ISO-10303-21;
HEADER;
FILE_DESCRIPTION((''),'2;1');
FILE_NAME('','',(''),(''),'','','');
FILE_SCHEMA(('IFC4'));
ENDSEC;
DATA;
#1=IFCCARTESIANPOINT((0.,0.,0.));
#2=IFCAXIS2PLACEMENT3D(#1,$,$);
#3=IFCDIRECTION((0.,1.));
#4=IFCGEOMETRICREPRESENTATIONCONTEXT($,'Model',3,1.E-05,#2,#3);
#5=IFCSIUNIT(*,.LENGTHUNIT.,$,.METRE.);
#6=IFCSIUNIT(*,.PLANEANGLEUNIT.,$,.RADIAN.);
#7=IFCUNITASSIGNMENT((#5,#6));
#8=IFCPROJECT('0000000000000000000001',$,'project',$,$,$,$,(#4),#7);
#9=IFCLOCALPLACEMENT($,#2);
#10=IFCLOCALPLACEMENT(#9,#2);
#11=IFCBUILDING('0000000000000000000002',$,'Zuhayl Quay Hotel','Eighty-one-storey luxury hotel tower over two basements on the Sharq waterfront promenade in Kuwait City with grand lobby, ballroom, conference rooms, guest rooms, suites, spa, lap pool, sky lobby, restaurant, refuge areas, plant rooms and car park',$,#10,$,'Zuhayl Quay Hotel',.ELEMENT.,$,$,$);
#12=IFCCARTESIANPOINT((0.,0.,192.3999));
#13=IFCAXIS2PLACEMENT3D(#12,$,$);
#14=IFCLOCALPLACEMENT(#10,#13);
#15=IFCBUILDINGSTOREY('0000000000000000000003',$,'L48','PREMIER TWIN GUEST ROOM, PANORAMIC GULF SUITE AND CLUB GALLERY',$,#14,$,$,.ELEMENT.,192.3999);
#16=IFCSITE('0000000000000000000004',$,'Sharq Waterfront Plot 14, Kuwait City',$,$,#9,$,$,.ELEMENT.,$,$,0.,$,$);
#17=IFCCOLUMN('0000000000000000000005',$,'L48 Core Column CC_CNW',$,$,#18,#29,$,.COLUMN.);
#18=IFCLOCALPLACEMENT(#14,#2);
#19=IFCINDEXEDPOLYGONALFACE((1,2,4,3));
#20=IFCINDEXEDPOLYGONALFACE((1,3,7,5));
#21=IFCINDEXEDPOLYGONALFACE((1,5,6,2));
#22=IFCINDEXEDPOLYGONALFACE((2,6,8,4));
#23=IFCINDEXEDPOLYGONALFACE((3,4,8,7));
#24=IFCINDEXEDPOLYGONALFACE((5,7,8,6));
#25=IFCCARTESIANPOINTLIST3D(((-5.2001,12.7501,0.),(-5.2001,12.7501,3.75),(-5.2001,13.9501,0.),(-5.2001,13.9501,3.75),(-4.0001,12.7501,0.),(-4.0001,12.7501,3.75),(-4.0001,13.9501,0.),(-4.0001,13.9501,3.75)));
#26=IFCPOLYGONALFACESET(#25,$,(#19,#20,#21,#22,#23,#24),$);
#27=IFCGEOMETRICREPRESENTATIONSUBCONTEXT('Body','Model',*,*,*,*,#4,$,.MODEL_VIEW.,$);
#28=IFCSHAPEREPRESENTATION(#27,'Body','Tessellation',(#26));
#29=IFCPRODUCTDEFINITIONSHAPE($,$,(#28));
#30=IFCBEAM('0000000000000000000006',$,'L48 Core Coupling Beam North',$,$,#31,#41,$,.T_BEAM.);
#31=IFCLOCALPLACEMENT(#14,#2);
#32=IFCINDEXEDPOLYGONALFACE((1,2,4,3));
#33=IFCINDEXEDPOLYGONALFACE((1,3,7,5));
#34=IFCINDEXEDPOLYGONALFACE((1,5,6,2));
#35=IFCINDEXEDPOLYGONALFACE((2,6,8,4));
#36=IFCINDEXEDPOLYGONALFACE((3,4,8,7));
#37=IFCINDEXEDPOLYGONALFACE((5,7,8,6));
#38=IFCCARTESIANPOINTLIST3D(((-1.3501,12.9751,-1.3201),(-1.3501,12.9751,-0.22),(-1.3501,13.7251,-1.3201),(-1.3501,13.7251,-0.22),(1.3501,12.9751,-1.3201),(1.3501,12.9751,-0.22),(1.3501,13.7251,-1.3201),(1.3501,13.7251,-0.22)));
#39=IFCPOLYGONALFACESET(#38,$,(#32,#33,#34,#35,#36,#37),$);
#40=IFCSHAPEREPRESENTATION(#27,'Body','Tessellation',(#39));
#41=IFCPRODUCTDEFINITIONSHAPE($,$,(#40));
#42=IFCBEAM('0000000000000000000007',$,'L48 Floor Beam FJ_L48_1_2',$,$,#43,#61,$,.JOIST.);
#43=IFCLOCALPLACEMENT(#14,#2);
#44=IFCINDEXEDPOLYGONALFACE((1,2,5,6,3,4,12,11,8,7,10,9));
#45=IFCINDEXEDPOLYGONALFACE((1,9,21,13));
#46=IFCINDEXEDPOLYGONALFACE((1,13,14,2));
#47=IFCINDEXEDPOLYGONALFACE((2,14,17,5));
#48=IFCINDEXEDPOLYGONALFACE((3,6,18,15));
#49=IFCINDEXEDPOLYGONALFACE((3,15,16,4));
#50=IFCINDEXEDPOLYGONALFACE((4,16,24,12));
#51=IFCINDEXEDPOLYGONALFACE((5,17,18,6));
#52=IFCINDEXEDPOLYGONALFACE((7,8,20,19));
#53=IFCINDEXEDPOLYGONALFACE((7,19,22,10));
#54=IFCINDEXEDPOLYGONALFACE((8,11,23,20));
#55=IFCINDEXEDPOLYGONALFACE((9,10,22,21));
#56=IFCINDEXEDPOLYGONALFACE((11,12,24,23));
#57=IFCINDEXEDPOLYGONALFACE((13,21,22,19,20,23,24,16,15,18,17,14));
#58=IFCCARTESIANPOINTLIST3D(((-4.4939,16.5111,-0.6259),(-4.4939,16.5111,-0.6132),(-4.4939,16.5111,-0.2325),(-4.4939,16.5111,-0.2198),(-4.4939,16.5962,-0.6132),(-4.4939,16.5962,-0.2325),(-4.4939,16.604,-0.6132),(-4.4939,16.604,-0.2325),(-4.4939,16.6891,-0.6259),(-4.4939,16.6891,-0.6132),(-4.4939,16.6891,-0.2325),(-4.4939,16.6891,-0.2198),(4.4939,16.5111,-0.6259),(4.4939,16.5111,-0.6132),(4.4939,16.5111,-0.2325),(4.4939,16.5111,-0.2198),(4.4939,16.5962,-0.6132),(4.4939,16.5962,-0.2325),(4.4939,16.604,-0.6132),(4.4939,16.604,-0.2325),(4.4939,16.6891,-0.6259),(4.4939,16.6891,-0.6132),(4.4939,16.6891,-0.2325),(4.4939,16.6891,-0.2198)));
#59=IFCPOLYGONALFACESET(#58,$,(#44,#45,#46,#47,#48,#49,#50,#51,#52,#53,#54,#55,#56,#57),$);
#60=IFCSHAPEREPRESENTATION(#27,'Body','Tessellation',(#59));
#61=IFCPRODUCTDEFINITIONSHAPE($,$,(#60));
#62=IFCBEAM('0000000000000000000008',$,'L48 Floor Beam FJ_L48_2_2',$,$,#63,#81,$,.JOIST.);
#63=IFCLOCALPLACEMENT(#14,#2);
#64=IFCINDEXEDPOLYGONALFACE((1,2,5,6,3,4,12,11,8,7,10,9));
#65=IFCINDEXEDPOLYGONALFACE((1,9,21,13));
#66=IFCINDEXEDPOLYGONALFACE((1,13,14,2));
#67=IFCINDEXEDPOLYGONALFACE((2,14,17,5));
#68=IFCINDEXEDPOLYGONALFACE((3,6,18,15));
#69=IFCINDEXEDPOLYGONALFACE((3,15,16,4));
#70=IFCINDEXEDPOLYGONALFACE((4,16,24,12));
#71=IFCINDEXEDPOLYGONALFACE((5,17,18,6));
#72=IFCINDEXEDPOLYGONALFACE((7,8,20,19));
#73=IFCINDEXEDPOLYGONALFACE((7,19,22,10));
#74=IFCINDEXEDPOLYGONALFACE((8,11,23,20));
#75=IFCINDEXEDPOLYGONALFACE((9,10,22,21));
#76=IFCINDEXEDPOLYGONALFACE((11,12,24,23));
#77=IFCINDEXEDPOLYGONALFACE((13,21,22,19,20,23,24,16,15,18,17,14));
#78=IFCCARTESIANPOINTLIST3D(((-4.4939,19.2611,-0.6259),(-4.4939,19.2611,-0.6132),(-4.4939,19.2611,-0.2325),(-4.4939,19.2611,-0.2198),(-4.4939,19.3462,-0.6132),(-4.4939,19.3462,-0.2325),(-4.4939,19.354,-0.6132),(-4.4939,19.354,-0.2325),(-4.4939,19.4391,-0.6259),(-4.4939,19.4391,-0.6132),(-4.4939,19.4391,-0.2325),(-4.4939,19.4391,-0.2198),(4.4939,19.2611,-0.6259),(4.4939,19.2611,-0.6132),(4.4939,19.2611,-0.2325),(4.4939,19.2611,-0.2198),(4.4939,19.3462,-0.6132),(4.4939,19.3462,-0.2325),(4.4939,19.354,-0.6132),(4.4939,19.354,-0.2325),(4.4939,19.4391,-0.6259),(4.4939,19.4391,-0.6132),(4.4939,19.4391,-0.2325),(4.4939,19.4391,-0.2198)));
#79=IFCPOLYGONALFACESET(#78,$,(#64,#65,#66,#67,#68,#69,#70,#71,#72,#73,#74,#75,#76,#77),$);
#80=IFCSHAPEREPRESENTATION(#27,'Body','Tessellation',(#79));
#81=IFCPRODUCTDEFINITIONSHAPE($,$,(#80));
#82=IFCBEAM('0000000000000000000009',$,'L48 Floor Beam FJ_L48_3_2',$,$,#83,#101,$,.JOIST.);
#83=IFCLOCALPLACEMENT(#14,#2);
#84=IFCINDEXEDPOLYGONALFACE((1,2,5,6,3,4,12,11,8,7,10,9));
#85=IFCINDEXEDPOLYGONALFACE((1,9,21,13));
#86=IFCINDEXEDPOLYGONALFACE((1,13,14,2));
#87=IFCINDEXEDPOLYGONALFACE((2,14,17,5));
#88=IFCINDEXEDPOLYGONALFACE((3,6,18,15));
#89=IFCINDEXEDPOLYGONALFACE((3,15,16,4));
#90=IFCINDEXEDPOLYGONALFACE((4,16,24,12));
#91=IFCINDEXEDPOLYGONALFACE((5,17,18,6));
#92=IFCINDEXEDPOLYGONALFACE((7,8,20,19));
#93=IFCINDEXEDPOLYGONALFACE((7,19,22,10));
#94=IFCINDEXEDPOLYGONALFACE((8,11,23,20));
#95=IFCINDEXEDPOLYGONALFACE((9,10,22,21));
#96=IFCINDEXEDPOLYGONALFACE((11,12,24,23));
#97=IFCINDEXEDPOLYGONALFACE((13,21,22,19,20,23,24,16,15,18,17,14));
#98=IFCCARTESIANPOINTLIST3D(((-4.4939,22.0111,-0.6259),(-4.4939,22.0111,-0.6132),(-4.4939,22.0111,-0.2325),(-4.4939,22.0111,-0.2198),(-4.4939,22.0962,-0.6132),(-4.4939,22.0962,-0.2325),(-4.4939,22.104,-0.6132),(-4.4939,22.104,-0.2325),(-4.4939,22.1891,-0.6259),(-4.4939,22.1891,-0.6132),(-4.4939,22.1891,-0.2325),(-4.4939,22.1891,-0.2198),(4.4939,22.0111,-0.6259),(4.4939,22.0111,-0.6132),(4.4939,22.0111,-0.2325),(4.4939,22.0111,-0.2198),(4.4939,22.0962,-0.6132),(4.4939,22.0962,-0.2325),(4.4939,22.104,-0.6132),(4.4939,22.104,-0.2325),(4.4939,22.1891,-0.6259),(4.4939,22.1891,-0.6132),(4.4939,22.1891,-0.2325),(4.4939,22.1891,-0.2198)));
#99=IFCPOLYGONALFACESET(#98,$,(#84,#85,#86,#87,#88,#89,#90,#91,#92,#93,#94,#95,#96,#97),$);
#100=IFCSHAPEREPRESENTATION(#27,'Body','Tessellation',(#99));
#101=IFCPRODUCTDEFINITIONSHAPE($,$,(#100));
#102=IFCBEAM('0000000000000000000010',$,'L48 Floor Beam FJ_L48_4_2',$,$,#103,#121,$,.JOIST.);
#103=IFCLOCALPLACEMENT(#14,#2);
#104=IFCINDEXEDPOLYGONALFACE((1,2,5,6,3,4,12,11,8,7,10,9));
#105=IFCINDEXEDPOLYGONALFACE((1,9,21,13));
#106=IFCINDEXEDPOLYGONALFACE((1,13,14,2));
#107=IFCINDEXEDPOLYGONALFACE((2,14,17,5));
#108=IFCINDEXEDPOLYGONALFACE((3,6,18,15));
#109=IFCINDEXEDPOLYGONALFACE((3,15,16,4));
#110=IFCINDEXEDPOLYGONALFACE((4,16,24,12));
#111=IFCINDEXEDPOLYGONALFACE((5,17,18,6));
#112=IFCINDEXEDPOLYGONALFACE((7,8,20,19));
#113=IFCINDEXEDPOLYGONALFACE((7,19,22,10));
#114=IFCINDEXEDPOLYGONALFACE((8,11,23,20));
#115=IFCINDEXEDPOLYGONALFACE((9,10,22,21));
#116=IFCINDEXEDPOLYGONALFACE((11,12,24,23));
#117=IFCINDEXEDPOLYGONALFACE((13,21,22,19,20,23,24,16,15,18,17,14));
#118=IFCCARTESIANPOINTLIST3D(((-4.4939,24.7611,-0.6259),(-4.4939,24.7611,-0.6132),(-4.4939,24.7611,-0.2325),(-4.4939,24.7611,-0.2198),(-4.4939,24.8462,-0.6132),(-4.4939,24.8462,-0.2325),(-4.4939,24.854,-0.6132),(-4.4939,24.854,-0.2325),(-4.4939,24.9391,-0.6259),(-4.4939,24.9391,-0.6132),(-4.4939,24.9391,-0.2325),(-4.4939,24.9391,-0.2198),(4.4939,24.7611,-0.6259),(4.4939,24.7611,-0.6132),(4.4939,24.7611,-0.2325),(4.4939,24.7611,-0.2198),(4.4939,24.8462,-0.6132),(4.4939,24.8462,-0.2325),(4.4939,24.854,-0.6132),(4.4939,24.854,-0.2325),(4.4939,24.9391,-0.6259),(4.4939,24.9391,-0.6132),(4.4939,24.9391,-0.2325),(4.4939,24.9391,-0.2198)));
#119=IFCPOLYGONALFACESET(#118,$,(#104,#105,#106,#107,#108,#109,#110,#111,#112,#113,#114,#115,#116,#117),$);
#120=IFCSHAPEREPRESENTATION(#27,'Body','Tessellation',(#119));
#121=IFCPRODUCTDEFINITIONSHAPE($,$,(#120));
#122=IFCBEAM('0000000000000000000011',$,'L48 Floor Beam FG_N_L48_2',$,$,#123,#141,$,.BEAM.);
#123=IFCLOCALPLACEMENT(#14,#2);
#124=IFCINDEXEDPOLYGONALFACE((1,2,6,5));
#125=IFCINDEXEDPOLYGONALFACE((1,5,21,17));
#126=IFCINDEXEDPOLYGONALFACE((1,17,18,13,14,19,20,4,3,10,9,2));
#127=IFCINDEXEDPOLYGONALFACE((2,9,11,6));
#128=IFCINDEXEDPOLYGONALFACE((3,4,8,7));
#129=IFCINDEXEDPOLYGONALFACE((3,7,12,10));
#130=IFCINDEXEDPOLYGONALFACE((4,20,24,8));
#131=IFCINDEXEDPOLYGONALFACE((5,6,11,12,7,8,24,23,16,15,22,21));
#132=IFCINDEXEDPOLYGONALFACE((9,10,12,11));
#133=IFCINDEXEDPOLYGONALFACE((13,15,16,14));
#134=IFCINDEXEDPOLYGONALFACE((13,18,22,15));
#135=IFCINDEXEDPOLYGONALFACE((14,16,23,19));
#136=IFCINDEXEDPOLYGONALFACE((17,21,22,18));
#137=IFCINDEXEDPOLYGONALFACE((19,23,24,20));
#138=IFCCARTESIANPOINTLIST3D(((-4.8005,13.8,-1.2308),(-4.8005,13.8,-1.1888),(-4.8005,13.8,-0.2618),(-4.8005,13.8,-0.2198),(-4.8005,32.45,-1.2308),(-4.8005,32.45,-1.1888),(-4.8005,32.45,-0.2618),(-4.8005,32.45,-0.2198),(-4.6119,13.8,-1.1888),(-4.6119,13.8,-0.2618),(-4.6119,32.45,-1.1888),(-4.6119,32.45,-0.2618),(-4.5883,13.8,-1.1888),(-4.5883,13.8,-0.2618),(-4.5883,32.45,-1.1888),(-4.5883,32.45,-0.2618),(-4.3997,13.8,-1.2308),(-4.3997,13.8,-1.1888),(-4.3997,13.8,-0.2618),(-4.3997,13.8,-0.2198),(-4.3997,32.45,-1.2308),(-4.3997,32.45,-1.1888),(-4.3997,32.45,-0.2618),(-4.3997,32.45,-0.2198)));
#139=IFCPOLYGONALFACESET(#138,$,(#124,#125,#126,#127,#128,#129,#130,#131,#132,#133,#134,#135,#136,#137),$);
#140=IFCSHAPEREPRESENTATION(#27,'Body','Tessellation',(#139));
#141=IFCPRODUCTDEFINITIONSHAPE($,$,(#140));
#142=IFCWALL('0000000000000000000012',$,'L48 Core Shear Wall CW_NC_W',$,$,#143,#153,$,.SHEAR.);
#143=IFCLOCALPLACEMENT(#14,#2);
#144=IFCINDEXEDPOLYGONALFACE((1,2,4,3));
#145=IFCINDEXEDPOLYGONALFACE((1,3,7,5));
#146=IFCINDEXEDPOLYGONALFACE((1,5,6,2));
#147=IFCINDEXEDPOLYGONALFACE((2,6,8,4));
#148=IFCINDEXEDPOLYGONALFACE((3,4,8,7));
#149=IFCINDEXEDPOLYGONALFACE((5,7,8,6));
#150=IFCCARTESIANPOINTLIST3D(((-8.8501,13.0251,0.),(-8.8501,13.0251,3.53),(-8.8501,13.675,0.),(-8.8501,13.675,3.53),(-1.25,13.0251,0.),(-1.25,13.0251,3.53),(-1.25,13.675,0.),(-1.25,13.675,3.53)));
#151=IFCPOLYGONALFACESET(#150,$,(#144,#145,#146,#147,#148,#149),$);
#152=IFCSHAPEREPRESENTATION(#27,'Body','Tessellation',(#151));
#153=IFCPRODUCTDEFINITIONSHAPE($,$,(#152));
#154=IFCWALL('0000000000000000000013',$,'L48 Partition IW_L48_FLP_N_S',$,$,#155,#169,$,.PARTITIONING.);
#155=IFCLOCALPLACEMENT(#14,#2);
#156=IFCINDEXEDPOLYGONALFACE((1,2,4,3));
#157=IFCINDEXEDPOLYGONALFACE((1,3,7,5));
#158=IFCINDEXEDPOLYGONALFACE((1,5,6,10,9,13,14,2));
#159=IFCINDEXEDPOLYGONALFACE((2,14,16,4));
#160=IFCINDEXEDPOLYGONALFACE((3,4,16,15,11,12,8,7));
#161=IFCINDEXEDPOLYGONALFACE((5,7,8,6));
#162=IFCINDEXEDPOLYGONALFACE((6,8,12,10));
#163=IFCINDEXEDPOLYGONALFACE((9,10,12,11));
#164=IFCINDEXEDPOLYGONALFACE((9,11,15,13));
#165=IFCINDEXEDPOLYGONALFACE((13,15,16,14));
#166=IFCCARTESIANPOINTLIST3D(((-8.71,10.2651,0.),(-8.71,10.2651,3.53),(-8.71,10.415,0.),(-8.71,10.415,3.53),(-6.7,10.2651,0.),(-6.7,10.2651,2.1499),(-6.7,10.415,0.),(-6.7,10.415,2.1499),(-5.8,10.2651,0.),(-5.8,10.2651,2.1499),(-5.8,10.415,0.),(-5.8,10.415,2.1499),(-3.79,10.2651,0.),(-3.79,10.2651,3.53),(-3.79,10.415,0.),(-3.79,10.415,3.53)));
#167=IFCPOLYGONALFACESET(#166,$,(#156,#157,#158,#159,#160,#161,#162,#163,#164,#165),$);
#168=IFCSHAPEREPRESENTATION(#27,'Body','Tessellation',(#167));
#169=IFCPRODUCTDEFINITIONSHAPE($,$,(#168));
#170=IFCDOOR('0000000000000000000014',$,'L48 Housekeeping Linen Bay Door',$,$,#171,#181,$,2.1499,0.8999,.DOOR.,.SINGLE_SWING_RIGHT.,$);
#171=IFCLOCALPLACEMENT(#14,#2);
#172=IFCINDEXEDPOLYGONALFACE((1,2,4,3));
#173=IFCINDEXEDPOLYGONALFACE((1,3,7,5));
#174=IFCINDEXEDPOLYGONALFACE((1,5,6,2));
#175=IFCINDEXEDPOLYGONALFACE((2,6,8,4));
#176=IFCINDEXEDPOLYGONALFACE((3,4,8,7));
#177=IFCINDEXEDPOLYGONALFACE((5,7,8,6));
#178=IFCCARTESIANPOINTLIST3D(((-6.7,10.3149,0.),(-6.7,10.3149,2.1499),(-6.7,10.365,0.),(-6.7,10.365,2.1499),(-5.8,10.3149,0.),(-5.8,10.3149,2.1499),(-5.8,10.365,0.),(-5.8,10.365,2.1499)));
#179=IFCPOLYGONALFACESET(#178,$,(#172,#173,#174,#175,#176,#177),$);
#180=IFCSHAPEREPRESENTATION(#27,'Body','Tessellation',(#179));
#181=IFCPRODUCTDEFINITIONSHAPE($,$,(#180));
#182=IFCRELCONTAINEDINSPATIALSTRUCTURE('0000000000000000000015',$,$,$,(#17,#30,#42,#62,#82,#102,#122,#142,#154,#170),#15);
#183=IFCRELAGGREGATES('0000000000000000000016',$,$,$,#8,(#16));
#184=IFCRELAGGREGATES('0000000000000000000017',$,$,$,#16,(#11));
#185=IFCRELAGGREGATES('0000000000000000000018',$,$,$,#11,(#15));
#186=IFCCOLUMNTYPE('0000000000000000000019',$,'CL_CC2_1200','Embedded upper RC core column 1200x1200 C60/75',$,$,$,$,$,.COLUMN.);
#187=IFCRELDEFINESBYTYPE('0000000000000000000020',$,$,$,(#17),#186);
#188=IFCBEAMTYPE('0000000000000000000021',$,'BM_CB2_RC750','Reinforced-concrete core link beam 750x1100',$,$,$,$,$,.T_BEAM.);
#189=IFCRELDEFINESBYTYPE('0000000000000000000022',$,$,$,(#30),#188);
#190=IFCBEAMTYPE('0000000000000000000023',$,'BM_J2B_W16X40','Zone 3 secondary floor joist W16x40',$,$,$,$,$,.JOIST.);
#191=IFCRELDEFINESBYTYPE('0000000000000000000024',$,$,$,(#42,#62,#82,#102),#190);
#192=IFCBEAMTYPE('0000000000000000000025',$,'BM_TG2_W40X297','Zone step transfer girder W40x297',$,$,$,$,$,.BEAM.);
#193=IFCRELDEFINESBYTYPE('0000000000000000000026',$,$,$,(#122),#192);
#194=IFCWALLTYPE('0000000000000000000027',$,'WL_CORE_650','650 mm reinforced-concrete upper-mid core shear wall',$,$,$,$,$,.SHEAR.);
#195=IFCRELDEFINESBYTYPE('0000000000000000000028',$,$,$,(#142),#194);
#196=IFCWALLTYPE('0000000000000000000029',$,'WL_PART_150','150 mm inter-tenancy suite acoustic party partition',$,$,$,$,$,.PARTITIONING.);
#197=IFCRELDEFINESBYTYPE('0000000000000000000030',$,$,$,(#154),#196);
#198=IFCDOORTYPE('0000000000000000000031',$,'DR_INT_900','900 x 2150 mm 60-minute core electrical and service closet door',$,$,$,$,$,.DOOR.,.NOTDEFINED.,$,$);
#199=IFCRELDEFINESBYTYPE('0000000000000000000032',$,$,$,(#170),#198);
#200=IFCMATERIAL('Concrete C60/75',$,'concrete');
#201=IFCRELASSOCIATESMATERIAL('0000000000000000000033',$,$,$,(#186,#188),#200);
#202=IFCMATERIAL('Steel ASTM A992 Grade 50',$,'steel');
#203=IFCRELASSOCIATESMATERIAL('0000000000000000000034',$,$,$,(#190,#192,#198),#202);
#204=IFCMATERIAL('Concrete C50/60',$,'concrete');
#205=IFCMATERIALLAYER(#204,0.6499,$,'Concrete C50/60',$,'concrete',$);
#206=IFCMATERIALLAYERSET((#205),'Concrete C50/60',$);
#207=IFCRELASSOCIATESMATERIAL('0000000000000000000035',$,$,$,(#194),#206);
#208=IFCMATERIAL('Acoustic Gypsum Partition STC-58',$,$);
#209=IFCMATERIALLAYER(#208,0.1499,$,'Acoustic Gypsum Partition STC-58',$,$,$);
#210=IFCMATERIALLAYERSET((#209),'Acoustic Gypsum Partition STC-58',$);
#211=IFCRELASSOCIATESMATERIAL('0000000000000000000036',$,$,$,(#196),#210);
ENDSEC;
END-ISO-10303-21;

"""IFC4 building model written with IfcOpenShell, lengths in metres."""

from ifc_helpers import new_model, si_unit, direction, frame, frame_2d, origin, origin_2d, place, context, subcontext, project, spatial, rectangle, i_section, extrude, material, layer, layer_set, material_profile, profile_set, type_object, element, fill, save


model = new_model("IFC4")

# Units and contexts
model_context = context("Model", 3, precision=1e-05, world=origin(), true_north=direction((0.0, 1.0)))
body_context = subcontext(model_context, "Body", "Model", "MODEL_VIEW")
ifc_project = project(units=[si_unit("LENGTHUNIT", "METRE"), si_unit("PLANEANGLEUNIT", "RADIAN")], contexts=[model_context])

# Site, building, storey
site_placement = place(None, origin())
site = spatial("IfcSite", under=ifc_project, at=site_placement, Name="Sharq Waterfront Plot 14, Kuwait City", CompositionType="ELEMENT", RefElevation=0.0)
building_placement = place(site_placement, origin())
building = spatial("IfcBuilding", under=site, at=building_placement, Name="Zuhayl Quay Hotel", Description="Eighty-one-storey luxury hotel tower over two basements on the Sharq waterfront promenade in Kuwait City with grand lobby, ballroom, conference rooms, guest rooms, suites, spa, lap pool, sky lobby, restaurant, refuge areas, plant rooms and car park", LongName="Zuhayl Quay Hotel", CompositionType="ELEMENT")
storey_placement = place(building_placement, frame((0.0, 0.0, 192.3999)))
storey = spatial("IfcBuildingStorey", under=building, at=storey_placement, Name="L48", Description="PREMIER TWIN GUEST ROOM, PANORAMIC GULF SUITE AND CLUB GALLERY", CompositionType="ELEMENT", Elevation=192.3999)

# Column
ifc_material_1 = material(Name="Concrete C60/75", Category="concrete")
ifc_material_profile_1 = material_profile(ifc_material_1, rectangle(XDim=1.2, YDim=1.2, at=origin_2d()), Name="RC1200X1200")
ifc_profile_set_1 = profile_set([ifc_material_profile_1], Name="Concrete C60/75")
column_type = type_object("IfcColumnType", Name="CL_CC2_1200", Description="Embedded upper RC core column 1200x1200 C60/75", PredefinedType="COLUMN", material=ifc_profile_set_1)
column_placement = place(storey_placement, frame((-4.6001, 13.3501, 0.0), z_axis=(0.0, 0.0, 1.0), x_axis=(1.0, 0.0, 0.0)))
element("IfcColumn", 1, at=column_placement, inside=storey, type_object=column_type, Name="L48 Core Column CC_CNW", PredefinedType="COLUMN", context=body_context, shape_type="SweptSolid", body=[
    extrude(rectangle(XDim=1.2, YDim=1.2, at=origin_2d()), origin(), (0.0, 0.0, 1.0), 3.75),
])

# Beams
ifc_material_profile_2 = material_profile(ifc_material_1, rectangle(XDim=0.75, YDim=1.1001, at=origin_2d()), Name="RC750X1100")
ifc_profile_set_2 = profile_set([ifc_material_profile_2], Name="Concrete C60/75")
beam_type_1 = type_object("IfcBeamType", Name="BM_CB2_RC750", Description="Reinforced-concrete core link beam 750x1100", PredefinedType="T_BEAM", material=ifc_profile_set_2)
beam_1_placement = place(storey_placement, frame((-1.3501, 13.3501, -0.77), z_axis=(1.0, 0.0, 0.0), x_axis=(0.0, 1.0, 0.0)))
element("IfcBeam", 2, at=beam_1_placement, inside=storey, type_object=beam_type_1, Name="L48 Core Coupling Beam North", PredefinedType="T_BEAM", context=body_context, shape_type="SweptSolid", body=[
    extrude(rectangle(XDim=0.75, YDim=1.1001, at=origin_2d()), origin(), (0.0, 0.0, 1.0), 2.7002),
])
ifc_material_2 = material(Name="Steel ASTM A992 Grade 50", Category="steel")
ifc_material_profile_3 = material_profile(ifc_material_2, i_section(OverallWidth=0.178, OverallDepth=0.406, WebThickness=0.0078, FlangeThickness=0.0127, at=origin_2d()), Name="W16X40")
ifc_profile_set_3 = profile_set([ifc_material_profile_3], Name="Steel ASTM A992 Grade 50")
beam_type_2 = type_object("IfcBeamType", Name="BM_J2B_W16X40", Description="Zone 3 secondary floor joist W16x40", PredefinedType="JOIST", material=ifc_profile_set_3)
for number, where, z_axis, x_axis, name in (
    (3, (-4.4939, 16.6001, -0.4229), (1.0, 0.0, 0.0), (0.0, 1.0, 0.0), "L48 Floor Beam FJ_L48_1_2"),
    (4, (-4.4939, 19.3501, -0.4229), (1.0, 0.0, 0.0), (0.0, 1.0, 0.0), "L48 Floor Beam FJ_L48_2_2"),
    (5, (-4.4939, 22.1001, -0.4229), (1.0, 0.0, 0.0), (0.0, 1.0, 0.0), "L48 Floor Beam FJ_L48_3_2"),
    (6, (-4.4939, 24.8501, -0.4229), (1.0, 0.0, 0.0), (0.0, 1.0, 0.0), "L48 Floor Beam FJ_L48_4_2"),
):
    element("IfcBeam", number, at=place(storey_placement, frame(where, z_axis=z_axis, x_axis=x_axis)), inside=storey, type_object=beam_type_2, Name=name, PredefinedType="JOIST", context=body_context, shape_type="SweptSolid", body=[
        extrude(i_section(OverallWidth=0.178, OverallDepth=0.406, WebThickness=0.0078, FlangeThickness=0.0127, at=origin_2d()), origin(), (0.0, 0.0, 1.0), 8.9878),
    ])
ifc_material_profile_4 = material_profile(ifc_material_2, i_section(OverallWidth=0.4009, OverallDepth=1.011, WebThickness=0.0237, FlangeThickness=0.042, at=origin_2d()), Name="W40X297")
ifc_profile_set_4 = profile_set([ifc_material_profile_4], Name="Steel ASTM A992 Grade 50")
beam_type_3 = type_object("IfcBeamType", Name="BM_TG2_W40X297", Description="Zone step transfer girder W40x297", PredefinedType="BEAM", material=ifc_profile_set_4)
beam_2_placement = place(storey_placement, frame((-4.6001, 13.8, -0.7253), z_axis=(0.0, 1.0, 0.0), x_axis=(-1.0, 0.0, 0.0)))
element("IfcBeam", 7, at=beam_2_placement, inside=storey, type_object=beam_type_3, Name="L48 Floor Beam FG_N_L48_2", PredefinedType="BEAM", context=body_context, shape_type="SweptSolid", body=[
    extrude(i_section(OverallWidth=0.4009, OverallDepth=1.011, WebThickness=0.0237, FlangeThickness=0.042, at=origin_2d()), origin(), (0.0, 0.0, 1.0), 18.6499),
])

# Wall
ifc_material_3 = material(Name="Concrete C50/60", Category="concrete")
ifc_layer_1 = layer(ifc_material_3, 0.6499, Name="Concrete C50/60", Category="concrete")
ifc_layer_set_1 = layer_set([ifc_layer_1], Name="Concrete C50/60")
wall_type_1 = type_object("IfcWallType", Name="WL_CORE_650", Description="650 mm reinforced-concrete upper-mid core shear wall", PredefinedType="SHEAR", material=ifc_layer_set_1)
wall_1_placement = place(storey_placement, frame((-8.8501, 13.3501, 0.0), z_axis=(0.0, 0.0, 1.0), x_axis=(1.0, 0.0, 0.0)))
element("IfcWall", 8, at=wall_1_placement, inside=storey, type_object=wall_type_1, Name="L48 Core Shear Wall CW_NC_W", PredefinedType="SHEAR", context=body_context, shape_type="SweptSolid", body=[
    extrude(rectangle(XDim=7.6001, YDim=0.6499, at=frame_2d((3.8, 0.0))), origin(), (0.0, 0.0, 1.0), 3.53),
])

# Wall, opening, door
ifc_material_4 = material(Name="Acoustic Gypsum Partition STC-58")
ifc_layer_2 = layer(ifc_material_4, 0.1499, Name="Acoustic Gypsum Partition STC-58")
ifc_layer_set_2 = layer_set([ifc_layer_2], Name="Acoustic Gypsum Partition STC-58")
wall_type_2 = type_object("IfcWallType", Name="WL_PART_150", Description="150 mm inter-tenancy suite acoustic party partition", PredefinedType="PARTITIONING", material=ifc_layer_set_2)
wall_2_placement = place(storey_placement, frame((-8.71, 10.3401, 0.0), z_axis=(0.0, 0.0, 1.0), x_axis=(1.0, 0.0, 0.0)))
wall_2 = element("IfcWall", 9, at=wall_2_placement, inside=storey, type_object=wall_type_2, Name="L48 Partition IW_L48_FLP_N_S", PredefinedType="PARTITIONING", context=body_context, shape_type="SweptSolid", body=[
    extrude(rectangle(XDim=4.9199, YDim=0.1499, at=frame_2d((2.46, 0.0))), origin(), (0.0, 0.0, 1.0), 3.53),
])
opening_1_placement = place(wall_2_placement, frame((2.01, 0.0, 0.0)))
opening_1 = element("IfcOpeningElement", 10, at=opening_1_placement, cuts=wall_2, PredefinedType="OPENING", context=body_context, shape_type="SweptSolid", body=[
    extrude(rectangle(XDim=0.8999, YDim=2.1499, at=frame_2d((0.45, 1.075))), frame((0.0, 0.085, 0.0), z_axis=(0.0, -1.0, 0.0), x_axis=(1.0, 0.0, 0.0)), (0.0, 0.0, 1.0), 0.1699),
])
door_type_1 = type_object("IfcDoorType", Name="DR_INT_900", Description="900 x 2150 mm 60-minute core electrical and service closet door", OperationType="NOTDEFINED", PredefinedType="DOOR", material=ifc_material_2)
door_1_placement = place(opening_1_placement, origin())
door_1 = element("IfcDoor", 11, at=door_1_placement, inside=storey, type_object=door_type_1, Name="L48 Housekeeping Linen Bay Door", OperationType="SINGLE_SWING_RIGHT", OverallHeight=2.1499, OverallWidth=0.8999, PredefinedType="DOOR", context=body_context, shape_type="SweptSolid", body=[
    extrude(rectangle(XDim=0.8999, YDim=2.1499, at=frame_2d((0.45, 1.075))), frame((0.0, 0.0249, 0.0), z_axis=(0.0, -1.0, 0.0), x_axis=(1.0, 0.0, 0.0)), (0.0, 0.0, 1.0), 0.05),
])
fill(opening_1, door_1)

save(model, "model.ifc")
